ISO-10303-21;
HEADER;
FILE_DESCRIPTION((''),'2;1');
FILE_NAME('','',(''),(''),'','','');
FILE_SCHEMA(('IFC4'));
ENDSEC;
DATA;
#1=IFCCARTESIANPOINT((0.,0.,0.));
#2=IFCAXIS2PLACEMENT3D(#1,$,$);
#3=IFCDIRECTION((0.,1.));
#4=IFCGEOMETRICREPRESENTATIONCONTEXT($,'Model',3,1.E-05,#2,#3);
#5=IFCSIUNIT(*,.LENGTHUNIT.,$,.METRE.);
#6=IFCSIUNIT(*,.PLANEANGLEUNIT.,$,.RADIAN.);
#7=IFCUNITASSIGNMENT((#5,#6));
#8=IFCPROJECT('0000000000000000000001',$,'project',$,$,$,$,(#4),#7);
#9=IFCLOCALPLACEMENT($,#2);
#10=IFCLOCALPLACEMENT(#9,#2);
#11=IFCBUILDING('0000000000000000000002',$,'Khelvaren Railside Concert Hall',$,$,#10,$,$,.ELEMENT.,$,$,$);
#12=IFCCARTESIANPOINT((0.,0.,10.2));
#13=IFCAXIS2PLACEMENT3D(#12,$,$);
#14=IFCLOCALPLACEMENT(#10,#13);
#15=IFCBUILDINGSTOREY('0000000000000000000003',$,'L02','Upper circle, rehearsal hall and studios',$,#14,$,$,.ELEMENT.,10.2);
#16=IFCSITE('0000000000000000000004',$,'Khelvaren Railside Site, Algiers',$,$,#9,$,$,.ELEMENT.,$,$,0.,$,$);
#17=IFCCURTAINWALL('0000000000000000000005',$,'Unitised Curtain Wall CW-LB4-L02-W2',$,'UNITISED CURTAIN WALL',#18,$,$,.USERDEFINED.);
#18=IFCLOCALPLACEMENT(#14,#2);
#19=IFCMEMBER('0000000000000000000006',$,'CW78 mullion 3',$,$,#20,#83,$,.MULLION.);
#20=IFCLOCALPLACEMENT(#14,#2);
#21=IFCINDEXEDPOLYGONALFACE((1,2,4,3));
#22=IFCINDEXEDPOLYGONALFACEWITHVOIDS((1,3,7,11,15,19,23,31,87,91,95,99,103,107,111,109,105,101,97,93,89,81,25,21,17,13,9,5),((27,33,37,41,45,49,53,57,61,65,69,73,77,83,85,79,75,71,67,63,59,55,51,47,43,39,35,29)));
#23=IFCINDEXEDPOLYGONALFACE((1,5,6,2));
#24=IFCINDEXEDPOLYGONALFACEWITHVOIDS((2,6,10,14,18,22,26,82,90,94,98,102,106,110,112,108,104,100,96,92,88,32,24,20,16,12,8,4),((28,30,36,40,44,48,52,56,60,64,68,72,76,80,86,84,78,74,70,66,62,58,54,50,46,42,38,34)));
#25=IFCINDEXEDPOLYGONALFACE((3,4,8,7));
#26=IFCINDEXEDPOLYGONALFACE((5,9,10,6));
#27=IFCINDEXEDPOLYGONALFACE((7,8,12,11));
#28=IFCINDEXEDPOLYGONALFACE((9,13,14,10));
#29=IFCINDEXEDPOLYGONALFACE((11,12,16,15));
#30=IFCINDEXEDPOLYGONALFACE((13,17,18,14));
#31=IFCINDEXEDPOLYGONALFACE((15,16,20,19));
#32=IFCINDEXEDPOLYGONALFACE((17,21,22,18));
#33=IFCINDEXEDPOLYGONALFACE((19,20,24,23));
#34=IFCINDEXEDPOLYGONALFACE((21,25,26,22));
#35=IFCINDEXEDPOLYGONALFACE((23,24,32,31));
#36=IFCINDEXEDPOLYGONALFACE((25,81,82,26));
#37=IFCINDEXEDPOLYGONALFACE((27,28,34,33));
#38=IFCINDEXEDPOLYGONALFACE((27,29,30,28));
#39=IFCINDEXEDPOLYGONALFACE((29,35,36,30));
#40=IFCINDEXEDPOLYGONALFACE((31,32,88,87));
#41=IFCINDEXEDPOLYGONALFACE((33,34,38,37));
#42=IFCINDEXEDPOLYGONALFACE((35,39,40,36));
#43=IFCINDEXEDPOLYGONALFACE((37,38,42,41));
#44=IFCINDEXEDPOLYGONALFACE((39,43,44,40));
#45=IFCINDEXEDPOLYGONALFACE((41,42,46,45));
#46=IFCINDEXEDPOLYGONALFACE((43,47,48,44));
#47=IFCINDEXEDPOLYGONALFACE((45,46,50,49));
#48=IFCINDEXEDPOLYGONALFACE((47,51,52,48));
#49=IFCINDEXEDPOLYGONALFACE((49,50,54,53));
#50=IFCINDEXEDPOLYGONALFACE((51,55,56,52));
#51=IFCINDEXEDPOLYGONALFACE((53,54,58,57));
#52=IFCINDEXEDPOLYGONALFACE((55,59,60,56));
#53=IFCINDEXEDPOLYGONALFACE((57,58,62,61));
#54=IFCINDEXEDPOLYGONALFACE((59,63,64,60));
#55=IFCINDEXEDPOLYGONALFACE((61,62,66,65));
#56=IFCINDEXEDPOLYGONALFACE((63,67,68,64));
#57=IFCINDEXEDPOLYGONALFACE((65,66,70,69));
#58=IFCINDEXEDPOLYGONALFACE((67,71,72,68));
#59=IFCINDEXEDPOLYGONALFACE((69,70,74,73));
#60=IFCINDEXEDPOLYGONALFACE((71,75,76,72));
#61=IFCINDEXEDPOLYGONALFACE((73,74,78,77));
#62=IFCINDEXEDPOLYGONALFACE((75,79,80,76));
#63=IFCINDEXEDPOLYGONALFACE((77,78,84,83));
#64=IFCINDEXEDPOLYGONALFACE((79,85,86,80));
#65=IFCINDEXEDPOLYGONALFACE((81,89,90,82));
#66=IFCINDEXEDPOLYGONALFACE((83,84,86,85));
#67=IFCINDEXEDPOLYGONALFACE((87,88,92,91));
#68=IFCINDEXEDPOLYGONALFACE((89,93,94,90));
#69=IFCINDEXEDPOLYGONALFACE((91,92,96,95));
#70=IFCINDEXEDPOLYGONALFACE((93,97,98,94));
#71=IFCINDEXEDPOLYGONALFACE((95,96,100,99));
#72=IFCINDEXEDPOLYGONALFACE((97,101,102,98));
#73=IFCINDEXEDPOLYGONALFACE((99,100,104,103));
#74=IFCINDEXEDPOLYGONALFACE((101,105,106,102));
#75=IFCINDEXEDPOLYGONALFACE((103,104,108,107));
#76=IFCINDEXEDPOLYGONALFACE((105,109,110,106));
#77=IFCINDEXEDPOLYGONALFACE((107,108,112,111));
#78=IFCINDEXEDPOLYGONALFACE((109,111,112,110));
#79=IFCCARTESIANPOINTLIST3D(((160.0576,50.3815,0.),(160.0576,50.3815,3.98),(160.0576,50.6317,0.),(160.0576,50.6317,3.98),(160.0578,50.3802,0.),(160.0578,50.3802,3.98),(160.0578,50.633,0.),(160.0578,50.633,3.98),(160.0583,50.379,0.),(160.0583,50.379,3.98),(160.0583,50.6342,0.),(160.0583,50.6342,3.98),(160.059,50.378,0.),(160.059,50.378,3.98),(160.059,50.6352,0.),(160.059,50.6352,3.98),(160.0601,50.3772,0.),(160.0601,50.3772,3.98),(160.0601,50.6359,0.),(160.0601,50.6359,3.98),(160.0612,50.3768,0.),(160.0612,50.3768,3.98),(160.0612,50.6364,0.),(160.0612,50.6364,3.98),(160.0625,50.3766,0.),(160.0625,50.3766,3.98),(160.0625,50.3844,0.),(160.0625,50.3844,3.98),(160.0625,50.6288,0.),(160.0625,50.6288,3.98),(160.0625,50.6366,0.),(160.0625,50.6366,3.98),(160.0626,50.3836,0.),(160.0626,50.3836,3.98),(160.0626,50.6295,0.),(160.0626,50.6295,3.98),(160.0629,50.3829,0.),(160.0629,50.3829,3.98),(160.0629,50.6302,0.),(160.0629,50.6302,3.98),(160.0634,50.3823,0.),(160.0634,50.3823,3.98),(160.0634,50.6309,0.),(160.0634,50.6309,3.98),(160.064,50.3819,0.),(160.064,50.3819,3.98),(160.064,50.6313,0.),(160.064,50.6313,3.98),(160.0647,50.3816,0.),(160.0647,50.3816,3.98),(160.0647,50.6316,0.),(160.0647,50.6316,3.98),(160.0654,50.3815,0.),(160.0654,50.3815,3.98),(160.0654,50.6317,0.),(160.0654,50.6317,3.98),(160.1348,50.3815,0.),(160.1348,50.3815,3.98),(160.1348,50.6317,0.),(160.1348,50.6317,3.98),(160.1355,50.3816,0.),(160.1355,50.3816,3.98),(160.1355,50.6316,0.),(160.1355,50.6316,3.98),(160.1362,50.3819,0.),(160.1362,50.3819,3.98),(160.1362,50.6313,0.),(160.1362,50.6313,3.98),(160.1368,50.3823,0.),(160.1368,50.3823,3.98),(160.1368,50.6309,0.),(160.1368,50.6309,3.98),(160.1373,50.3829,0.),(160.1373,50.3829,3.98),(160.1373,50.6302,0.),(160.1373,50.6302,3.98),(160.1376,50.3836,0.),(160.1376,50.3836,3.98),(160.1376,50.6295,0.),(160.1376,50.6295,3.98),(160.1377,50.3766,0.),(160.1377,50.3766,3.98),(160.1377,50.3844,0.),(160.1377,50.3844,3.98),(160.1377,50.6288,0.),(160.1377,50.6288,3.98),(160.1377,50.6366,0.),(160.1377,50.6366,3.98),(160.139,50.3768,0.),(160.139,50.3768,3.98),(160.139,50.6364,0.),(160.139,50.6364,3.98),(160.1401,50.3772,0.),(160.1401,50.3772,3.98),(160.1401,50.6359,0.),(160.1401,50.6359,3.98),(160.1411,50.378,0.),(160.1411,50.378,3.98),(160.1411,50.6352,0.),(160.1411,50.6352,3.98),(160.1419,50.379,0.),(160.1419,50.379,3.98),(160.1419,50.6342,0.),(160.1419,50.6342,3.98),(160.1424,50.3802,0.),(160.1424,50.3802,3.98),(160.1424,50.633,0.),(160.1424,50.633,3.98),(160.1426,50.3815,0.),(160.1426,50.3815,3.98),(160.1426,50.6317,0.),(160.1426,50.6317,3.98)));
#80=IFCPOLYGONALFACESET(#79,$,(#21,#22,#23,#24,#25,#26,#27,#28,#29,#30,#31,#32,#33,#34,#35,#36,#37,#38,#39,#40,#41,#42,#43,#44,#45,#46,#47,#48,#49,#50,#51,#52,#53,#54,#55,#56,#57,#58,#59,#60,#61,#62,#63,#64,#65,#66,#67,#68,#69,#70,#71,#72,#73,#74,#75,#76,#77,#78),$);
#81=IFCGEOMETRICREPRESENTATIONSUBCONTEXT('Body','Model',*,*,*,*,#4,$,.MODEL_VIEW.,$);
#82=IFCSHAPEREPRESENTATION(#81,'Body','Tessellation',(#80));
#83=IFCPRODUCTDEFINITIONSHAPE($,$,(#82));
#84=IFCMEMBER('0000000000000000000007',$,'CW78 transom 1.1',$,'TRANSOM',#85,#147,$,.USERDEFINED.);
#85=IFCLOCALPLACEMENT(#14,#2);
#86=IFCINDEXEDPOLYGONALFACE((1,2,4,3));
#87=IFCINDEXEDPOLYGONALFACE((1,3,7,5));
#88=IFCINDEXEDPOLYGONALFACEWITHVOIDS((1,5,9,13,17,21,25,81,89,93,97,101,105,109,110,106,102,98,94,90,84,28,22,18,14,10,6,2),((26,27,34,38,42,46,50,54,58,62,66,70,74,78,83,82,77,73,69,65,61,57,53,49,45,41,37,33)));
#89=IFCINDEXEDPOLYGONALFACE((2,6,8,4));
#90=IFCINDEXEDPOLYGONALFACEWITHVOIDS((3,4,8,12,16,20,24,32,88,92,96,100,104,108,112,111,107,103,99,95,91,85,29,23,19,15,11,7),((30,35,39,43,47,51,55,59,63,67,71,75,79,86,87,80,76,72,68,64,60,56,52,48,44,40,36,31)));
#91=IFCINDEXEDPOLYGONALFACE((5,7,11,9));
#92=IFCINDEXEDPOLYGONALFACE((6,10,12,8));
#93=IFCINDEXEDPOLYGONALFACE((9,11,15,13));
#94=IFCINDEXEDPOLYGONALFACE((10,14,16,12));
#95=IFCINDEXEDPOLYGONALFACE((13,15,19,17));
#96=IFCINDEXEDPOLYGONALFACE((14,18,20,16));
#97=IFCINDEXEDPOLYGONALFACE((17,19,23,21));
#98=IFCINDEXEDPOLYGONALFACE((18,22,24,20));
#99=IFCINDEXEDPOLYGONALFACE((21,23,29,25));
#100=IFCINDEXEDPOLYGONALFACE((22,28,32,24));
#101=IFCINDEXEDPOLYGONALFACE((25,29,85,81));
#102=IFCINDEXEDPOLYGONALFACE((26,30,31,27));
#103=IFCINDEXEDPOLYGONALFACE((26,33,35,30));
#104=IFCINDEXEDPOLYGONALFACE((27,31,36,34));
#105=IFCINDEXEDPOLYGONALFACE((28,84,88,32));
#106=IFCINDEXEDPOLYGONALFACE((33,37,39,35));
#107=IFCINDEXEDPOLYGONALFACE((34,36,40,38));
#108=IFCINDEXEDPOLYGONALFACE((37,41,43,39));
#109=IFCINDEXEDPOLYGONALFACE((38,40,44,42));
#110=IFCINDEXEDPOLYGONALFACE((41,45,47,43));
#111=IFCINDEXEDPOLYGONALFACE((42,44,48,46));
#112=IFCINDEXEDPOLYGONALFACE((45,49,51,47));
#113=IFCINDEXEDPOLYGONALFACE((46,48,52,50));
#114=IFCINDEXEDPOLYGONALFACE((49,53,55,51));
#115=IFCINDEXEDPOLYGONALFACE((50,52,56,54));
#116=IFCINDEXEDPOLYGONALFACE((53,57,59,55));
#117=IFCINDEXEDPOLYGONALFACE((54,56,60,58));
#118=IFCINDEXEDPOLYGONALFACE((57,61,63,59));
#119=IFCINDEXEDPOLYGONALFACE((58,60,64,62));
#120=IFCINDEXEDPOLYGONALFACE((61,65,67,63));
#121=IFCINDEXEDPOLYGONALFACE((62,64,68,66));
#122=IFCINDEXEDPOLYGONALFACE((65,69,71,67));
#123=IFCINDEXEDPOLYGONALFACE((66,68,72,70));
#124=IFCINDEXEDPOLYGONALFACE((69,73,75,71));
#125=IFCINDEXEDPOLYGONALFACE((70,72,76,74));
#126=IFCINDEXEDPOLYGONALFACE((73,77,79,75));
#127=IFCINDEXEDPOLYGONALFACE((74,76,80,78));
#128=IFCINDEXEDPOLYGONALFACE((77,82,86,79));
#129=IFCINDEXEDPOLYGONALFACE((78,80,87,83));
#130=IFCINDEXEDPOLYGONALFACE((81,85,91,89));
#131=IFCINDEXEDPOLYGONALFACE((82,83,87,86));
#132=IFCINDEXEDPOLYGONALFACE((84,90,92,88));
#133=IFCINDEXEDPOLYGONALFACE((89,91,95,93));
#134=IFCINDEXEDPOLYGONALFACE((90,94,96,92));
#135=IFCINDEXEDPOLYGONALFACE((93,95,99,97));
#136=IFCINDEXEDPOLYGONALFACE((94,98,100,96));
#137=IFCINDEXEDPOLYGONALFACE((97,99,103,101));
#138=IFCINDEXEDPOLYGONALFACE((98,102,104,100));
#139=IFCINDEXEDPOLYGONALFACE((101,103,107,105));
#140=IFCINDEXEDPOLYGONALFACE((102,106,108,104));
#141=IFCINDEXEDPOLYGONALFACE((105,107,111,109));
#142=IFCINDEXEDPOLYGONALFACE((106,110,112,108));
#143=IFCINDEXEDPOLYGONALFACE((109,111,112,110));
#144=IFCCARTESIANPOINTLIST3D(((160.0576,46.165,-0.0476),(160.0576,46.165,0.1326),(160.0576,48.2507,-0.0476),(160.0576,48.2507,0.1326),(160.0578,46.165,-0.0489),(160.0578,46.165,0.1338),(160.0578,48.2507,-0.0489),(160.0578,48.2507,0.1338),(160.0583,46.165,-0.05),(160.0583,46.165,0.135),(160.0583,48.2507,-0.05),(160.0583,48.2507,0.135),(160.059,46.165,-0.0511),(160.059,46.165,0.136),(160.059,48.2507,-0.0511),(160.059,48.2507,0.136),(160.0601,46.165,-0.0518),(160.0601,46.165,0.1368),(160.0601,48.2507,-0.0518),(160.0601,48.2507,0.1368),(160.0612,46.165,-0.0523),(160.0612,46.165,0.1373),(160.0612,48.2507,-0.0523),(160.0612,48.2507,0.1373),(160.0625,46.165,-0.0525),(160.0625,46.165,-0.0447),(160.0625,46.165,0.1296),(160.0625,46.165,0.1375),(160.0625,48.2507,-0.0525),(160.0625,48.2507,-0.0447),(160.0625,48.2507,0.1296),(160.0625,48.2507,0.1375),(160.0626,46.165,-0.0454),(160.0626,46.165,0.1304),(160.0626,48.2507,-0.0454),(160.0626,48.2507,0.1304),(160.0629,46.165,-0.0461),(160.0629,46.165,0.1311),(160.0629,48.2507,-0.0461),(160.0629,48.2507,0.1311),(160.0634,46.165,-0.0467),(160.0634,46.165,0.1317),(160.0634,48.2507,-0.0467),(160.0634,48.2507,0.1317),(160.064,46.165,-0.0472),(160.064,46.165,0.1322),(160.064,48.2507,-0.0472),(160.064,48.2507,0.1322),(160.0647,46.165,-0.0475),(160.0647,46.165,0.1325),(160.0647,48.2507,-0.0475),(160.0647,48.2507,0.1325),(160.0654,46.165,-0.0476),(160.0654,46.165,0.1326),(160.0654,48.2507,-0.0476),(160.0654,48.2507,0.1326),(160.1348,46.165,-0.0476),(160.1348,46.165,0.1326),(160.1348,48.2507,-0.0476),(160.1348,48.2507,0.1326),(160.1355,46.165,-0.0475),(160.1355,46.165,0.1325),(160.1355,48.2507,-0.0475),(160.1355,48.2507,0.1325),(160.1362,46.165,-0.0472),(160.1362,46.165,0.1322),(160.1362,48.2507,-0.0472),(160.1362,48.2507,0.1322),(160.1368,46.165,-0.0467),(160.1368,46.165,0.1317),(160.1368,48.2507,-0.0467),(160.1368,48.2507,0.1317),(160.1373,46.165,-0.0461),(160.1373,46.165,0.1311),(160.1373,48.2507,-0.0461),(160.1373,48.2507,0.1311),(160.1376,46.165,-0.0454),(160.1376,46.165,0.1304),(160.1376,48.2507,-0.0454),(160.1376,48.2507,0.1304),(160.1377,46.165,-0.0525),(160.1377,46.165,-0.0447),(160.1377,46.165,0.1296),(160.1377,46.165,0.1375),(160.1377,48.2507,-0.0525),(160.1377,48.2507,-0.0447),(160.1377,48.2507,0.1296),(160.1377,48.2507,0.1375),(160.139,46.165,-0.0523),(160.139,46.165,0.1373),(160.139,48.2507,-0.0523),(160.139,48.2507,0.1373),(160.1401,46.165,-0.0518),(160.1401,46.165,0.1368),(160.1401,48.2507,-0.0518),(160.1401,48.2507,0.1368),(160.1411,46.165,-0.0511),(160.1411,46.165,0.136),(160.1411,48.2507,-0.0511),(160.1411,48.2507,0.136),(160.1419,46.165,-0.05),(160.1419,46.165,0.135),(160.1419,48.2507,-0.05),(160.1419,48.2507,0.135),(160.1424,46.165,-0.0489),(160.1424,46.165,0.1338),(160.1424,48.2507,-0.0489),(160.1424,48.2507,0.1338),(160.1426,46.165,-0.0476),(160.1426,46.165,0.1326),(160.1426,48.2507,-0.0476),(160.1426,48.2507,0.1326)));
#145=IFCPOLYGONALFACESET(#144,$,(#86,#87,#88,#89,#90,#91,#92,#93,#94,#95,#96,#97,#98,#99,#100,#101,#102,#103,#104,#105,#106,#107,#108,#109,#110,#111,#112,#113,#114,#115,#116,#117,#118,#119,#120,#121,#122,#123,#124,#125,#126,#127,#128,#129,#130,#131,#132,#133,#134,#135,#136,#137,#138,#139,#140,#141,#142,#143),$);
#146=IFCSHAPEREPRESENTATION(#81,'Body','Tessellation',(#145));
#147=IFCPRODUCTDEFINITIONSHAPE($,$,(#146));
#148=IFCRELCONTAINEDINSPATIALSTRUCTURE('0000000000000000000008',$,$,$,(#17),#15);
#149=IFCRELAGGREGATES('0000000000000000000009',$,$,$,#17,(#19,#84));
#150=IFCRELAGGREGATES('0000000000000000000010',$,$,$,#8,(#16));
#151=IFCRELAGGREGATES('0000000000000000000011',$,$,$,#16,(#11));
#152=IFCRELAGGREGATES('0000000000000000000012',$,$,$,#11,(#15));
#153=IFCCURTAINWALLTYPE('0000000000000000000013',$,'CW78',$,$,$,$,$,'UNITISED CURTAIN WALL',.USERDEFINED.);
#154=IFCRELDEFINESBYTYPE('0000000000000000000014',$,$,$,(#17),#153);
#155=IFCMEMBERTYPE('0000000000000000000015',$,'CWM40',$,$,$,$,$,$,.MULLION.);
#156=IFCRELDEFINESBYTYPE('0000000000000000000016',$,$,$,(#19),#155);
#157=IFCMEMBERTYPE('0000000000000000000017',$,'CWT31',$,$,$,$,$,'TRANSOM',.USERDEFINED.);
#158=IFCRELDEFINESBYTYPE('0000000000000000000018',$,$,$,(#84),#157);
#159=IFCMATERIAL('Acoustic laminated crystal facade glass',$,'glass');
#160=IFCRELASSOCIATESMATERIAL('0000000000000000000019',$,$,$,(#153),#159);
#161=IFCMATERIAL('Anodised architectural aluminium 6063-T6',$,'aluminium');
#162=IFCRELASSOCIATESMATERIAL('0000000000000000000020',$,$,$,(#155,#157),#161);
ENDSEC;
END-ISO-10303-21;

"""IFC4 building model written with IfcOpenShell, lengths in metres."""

from ifc_helpers import new_model, si_unit, direction, frame, origin, origin_2d, place, context, subcontext, project, spatial, hollow_rectangle, extrude, material, material_profile, profile_set, type_object, element, aggregate, save


model = new_model("IFC4")

# Units and contexts
model_context = context("Model", 3, precision=1e-05, world=origin(), true_north=direction((0.0, 1.0)))
body_context = subcontext(model_context, "Body", "Model", "MODEL_VIEW")
ifc_project = project(units=[si_unit("LENGTHUNIT", "METRE"), si_unit("PLANEANGLEUNIT", "RADIAN")], contexts=[model_context])

# Site, building, storey
site_placement = place(None, origin())
site = spatial("IfcSite", under=ifc_project, at=site_placement, Name="Khelvaren Railside Site, Algiers", CompositionType="ELEMENT", RefElevation=0.0)
building_placement = place(site_placement, origin())
building = spatial("IfcBuilding", under=site, at=building_placement, Name="Khelvaren Railside Concert Hall", CompositionType="ELEMENT")
storey_placement = place(building_placement, frame((0.0, 0.0, 10.2)))
storey = spatial("IfcBuildingStorey", under=building, at=storey_placement, Name="L02", Description="Upper circle, rehearsal hall and studios", CompositionType="ELEMENT", Elevation=10.2)

# Curtain wall, members
ifc_material_1 = material(Name="Acoustic laminated crystal facade glass", Category="glass")
curtain_wall_type = type_object("IfcCurtainWallType", Name="CW78", ElementType="UNITISED CURTAIN WALL", PredefinedType="USERDEFINED", material=ifc_material_1)
curtain_wall_placement = place(storey_placement, origin())
curtain_wall = element("IfcCurtainWall", 1, at=curtain_wall_placement, inside=storey, type_object=curtain_wall_type, Name="Unitised Curtain Wall CW-LB4-L02-W2", ObjectType="UNITISED CURTAIN WALL", PredefinedType="USERDEFINED")
ifc_material_2 = material(Name="Anodised architectural aluminium 6063-T6", Category="aluminium")
ifc_material_profile_1 = material_profile(ifc_material_2, hollow_rectangle(XDim=0.085, YDim=0.26, WallThickness=0.0049, InnerFilletRadius=0.0029, OuterFilletRadius=0.0049, at=origin_2d()), Name="CWM 85x260x5")
ifc_profile_set_1 = profile_set([ifc_material_profile_1], Name="Anodised architectural aluminium 6063-T6")
member_type_1 = type_object("IfcMemberType", Name="CWM40", PredefinedType="MULLION", material=ifc_profile_set_1)
member_1_placement = place(storey_placement, frame((160.1001, 50.5066, 0.0), z_axis=(0.0, 0.0, 1.0), x_axis=(-1.0, 0.0, 0.0)))
member_1 = element("IfcMember", 2, at=member_1_placement, type_object=member_type_1, Name="CW78 mullion 3", PredefinedType="MULLION", context=body_context, shape_type="SweptSolid", body=[
    extrude(hollow_rectangle(XDim=0.085, YDim=0.26, WallThickness=0.0049, InnerFilletRadius=0.0029, OuterFilletRadius=0.0049, at=origin_2d()), origin(), (0.0, 0.0, 1.0), 3.98),
])
ifc_material_profile_2 = material_profile(ifc_material_2, hollow_rectangle(XDim=0.085, YDim=0.1899, WallThickness=0.0049, InnerFilletRadius=0.0029, OuterFilletRadius=0.0049, at=origin_2d()), Name="CWT 85x190x5")
ifc_profile_set_2 = profile_set([ifc_material_profile_2], Name="Anodised architectural aluminium 6063-T6")
member_type_2 = type_object("IfcMemberType", Name="CWT31", ElementType="TRANSOM", PredefinedType="USERDEFINED", material=ifc_profile_set_2)
member_2_placement = place(storey_placement, frame((160.1001, 46.165, 0.0425), z_axis=(0.0, 1.0, 0.0), x_axis=(-1.0, 0.0, 0.0)))
member_2 = element("IfcMember", 3, at=member_2_placement, type_object=member_type_2, Name="CW78 transom 1.1", ObjectType="TRANSOM", PredefinedType="USERDEFINED", context=body_context, shape_type="SweptSolid", body=[
    extrude(hollow_rectangle(XDim=0.085, YDim=0.1899, WallThickness=0.0049, InnerFilletRadius=0.0029, OuterFilletRadius=0.0049, at=origin_2d()), origin(), (0.0, 0.0, 1.0), 2.0857),
])

aggregate(curtain_wall, [member_1, member_2])

save(model, "model.ifc")
